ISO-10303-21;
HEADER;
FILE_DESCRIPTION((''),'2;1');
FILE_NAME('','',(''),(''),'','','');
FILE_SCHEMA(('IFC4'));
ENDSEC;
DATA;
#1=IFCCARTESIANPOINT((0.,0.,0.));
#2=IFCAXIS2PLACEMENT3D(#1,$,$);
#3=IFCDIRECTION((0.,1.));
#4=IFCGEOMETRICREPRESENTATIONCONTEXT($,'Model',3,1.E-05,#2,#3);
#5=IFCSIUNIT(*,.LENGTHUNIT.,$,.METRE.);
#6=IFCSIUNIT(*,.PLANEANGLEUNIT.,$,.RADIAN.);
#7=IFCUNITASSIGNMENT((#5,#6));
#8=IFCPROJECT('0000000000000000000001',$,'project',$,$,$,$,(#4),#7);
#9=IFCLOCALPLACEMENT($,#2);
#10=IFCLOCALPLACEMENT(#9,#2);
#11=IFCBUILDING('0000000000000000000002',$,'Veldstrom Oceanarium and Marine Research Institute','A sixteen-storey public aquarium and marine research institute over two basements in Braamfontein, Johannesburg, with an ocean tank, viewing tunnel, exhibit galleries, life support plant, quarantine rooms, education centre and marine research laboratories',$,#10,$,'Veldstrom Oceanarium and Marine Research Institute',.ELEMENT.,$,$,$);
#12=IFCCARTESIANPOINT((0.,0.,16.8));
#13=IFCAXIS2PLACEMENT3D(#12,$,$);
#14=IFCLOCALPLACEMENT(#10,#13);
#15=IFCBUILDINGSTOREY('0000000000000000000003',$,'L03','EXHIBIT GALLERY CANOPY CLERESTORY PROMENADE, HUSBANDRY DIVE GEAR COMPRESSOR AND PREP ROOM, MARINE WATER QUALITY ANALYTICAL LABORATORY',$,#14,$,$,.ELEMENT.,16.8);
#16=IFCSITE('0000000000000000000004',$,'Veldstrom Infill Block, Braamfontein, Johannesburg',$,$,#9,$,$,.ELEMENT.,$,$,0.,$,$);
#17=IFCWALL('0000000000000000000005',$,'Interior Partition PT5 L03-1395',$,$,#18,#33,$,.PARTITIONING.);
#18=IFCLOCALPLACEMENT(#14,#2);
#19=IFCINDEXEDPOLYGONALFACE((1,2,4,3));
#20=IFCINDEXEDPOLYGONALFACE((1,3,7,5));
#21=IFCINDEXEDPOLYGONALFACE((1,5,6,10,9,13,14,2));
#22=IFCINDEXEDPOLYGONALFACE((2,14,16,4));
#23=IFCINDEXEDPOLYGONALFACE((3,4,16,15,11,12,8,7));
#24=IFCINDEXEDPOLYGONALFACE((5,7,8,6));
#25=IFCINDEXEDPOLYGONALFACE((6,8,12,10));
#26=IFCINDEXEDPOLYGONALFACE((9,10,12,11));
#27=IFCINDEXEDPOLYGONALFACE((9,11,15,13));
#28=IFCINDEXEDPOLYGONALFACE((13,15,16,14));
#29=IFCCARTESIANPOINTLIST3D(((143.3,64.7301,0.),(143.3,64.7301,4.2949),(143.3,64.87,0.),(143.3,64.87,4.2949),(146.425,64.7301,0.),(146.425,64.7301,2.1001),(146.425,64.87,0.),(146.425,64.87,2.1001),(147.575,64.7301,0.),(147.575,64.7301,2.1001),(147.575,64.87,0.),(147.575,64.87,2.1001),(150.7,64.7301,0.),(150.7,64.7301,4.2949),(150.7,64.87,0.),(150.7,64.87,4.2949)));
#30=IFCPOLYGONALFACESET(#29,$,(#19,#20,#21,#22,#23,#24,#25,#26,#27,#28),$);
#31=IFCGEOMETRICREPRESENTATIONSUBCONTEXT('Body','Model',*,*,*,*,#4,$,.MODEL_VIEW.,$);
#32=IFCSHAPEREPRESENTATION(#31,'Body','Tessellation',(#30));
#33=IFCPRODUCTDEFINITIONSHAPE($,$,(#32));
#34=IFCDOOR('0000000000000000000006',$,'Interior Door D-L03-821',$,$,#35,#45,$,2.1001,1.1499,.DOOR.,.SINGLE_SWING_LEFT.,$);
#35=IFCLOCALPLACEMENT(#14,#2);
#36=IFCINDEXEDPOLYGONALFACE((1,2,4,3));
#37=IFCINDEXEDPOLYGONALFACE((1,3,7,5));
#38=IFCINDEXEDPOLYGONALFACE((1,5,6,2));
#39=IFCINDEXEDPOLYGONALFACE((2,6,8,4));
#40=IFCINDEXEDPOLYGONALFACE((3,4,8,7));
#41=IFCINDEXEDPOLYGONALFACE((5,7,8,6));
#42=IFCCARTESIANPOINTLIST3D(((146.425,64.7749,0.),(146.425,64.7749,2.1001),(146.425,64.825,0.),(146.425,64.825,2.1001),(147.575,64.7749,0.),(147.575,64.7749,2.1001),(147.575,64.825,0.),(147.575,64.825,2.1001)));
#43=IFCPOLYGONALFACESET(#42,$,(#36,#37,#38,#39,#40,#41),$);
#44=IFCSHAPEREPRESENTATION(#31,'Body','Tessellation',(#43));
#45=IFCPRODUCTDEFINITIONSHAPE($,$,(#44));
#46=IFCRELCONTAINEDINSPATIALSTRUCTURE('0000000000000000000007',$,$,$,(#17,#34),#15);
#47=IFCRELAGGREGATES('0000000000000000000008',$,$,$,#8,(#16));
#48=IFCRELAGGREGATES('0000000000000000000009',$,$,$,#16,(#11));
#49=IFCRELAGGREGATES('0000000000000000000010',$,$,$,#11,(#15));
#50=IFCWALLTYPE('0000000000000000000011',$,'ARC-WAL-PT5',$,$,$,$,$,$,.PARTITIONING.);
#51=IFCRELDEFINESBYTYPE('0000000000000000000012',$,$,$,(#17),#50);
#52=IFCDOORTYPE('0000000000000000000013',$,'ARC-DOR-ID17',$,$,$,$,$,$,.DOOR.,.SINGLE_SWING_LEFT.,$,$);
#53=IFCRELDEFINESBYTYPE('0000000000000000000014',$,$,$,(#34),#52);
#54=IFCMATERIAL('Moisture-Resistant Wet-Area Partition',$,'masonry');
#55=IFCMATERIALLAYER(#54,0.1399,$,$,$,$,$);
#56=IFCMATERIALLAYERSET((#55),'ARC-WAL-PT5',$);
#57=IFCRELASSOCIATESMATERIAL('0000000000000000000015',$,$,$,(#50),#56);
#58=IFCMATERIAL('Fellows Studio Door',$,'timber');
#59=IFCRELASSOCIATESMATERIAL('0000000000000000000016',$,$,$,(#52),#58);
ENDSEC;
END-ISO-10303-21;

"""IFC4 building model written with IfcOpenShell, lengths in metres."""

from ifc_helpers import new_model, si_unit, direction, frame, frame_2d, origin, place, context, subcontext, project, spatial, rectangle, extrude, material, layer, layer_set, type_object, element, fill, save


model = new_model("IFC4")

# Units and contexts
model_context = context("Model", 3, precision=1e-05, world=origin(), true_north=direction((0.0, 1.0)))
body_context = subcontext(model_context, "Body", "Model", "MODEL_VIEW")
ifc_project = project(units=[si_unit("LENGTHUNIT", "METRE"), si_unit("PLANEANGLEUNIT", "RADIAN")], contexts=[model_context])

# Site, building, storey
site_placement = place(None, origin())
site = spatial("IfcSite", under=ifc_project, at=site_placement, Name="Veldstrom Infill Block, Braamfontein, Johannesburg", CompositionType="ELEMENT", RefElevation=0.0)
building_placement = place(site_placement, origin())
building = spatial("IfcBuilding", under=site, at=building_placement, Name="Veldstrom Oceanarium and Marine Research Institute", Description="A sixteen-storey public aquarium and marine research institute over two basements in Braamfontein, Johannesburg, with an ocean tank, viewing tunnel, exhibit galleries, life support plant, quarantine rooms, education centre and marine research laboratories", LongName="Veldstrom Oceanarium and Marine Research Institute", CompositionType="ELEMENT")
storey_placement = place(building_placement, frame((0.0, 0.0, 16.8)))
storey = spatial("IfcBuildingStorey", under=building, at=storey_placement, Name="L03", Description="EXHIBIT GALLERY CANOPY CLERESTORY PROMENADE, HUSBANDRY DIVE GEAR COMPRESSOR AND PREP ROOM, MARINE WATER QUALITY ANALYTICAL LABORATORY", CompositionType="ELEMENT", Elevation=16.8)

# Wall, opening, door
ifc_material_1 = material(Name="Moisture-Resistant Wet-Area Partition", Category="masonry")
ifc_layer_1 = layer(ifc_material_1, 0.1399)
ifc_layer_set_1 = layer_set([ifc_layer_1], Name="ARC-WAL-PT5")
wall_type_1 = type_object("IfcWallType", Name="ARC-WAL-PT5", PredefinedType="PARTITIONING", material=ifc_layer_set_1)
wall_1_placement = place(storey_placement, frame((143.3, 64.8, 0.0), z_axis=(0.0, 0.0, 1.0), x_axis=(1.0, 0.0, 0.0)))
wall_1 = element("IfcWall", 1, at=wall_1_placement, inside=storey, type_object=wall_type_1, Name="Interior Partition PT5 L03-1395", PredefinedType="PARTITIONING", context=body_context, shape_type="SweptSolid", body=[
    extrude(rectangle(XDim=7.3999, YDim=0.1399, at=frame_2d((3.7, 0.0))), origin(), (0.0, 0.0, 1.0), 4.2949),
])
opening_1_placement = place(wall_1_placement, frame((3.125, 0.0, 0.0)))
opening_1 = element("IfcOpeningElement", 2, at=opening_1_placement, cuts=wall_1, PredefinedType="OPENING", context=body_context, shape_type="SweptSolid", body=[
    extrude(rectangle(XDim=1.1499, YDim=2.1001, at=frame_2d((0.575, 1.05))), frame((0.0, 0.0798, 0.0), z_axis=(0.0, -1.0, 0.0), x_axis=(1.0, 0.0, 0.0)), (0.0, 0.0, 1.0), 0.1599),
])
ifc_material_2 = material(Name="Fellows Studio Door", Category="timber")
door_type_1 = type_object("IfcDoorType", Name="ARC-DOR-ID17", OperationType="SINGLE_SWING_LEFT", PredefinedType="DOOR", material=ifc_material_2)
door_1_placement = place(opening_1_placement, origin())
door_1 = element("IfcDoor", 3, at=door_1_placement, inside=storey, type_object=door_type_1, Name="Interior Door D-L03-821", OperationType="SINGLE_SWING_LEFT", OverallHeight=2.1001, OverallWidth=1.1499, PredefinedType="DOOR", context=body_context, shape_type="SweptSolid", body=[
    extrude(rectangle(XDim=1.1499, YDim=2.1001, at=frame_2d((0.575, 1.05))), frame((0.0, 0.0249, 0.0), z_axis=(0.0, -1.0, 0.0), x_axis=(1.0, 0.0, 0.0)), (0.0, 0.0, 1.0), 0.05),
])
fill(opening_1, door_1)

save(model, "model.ifc")
